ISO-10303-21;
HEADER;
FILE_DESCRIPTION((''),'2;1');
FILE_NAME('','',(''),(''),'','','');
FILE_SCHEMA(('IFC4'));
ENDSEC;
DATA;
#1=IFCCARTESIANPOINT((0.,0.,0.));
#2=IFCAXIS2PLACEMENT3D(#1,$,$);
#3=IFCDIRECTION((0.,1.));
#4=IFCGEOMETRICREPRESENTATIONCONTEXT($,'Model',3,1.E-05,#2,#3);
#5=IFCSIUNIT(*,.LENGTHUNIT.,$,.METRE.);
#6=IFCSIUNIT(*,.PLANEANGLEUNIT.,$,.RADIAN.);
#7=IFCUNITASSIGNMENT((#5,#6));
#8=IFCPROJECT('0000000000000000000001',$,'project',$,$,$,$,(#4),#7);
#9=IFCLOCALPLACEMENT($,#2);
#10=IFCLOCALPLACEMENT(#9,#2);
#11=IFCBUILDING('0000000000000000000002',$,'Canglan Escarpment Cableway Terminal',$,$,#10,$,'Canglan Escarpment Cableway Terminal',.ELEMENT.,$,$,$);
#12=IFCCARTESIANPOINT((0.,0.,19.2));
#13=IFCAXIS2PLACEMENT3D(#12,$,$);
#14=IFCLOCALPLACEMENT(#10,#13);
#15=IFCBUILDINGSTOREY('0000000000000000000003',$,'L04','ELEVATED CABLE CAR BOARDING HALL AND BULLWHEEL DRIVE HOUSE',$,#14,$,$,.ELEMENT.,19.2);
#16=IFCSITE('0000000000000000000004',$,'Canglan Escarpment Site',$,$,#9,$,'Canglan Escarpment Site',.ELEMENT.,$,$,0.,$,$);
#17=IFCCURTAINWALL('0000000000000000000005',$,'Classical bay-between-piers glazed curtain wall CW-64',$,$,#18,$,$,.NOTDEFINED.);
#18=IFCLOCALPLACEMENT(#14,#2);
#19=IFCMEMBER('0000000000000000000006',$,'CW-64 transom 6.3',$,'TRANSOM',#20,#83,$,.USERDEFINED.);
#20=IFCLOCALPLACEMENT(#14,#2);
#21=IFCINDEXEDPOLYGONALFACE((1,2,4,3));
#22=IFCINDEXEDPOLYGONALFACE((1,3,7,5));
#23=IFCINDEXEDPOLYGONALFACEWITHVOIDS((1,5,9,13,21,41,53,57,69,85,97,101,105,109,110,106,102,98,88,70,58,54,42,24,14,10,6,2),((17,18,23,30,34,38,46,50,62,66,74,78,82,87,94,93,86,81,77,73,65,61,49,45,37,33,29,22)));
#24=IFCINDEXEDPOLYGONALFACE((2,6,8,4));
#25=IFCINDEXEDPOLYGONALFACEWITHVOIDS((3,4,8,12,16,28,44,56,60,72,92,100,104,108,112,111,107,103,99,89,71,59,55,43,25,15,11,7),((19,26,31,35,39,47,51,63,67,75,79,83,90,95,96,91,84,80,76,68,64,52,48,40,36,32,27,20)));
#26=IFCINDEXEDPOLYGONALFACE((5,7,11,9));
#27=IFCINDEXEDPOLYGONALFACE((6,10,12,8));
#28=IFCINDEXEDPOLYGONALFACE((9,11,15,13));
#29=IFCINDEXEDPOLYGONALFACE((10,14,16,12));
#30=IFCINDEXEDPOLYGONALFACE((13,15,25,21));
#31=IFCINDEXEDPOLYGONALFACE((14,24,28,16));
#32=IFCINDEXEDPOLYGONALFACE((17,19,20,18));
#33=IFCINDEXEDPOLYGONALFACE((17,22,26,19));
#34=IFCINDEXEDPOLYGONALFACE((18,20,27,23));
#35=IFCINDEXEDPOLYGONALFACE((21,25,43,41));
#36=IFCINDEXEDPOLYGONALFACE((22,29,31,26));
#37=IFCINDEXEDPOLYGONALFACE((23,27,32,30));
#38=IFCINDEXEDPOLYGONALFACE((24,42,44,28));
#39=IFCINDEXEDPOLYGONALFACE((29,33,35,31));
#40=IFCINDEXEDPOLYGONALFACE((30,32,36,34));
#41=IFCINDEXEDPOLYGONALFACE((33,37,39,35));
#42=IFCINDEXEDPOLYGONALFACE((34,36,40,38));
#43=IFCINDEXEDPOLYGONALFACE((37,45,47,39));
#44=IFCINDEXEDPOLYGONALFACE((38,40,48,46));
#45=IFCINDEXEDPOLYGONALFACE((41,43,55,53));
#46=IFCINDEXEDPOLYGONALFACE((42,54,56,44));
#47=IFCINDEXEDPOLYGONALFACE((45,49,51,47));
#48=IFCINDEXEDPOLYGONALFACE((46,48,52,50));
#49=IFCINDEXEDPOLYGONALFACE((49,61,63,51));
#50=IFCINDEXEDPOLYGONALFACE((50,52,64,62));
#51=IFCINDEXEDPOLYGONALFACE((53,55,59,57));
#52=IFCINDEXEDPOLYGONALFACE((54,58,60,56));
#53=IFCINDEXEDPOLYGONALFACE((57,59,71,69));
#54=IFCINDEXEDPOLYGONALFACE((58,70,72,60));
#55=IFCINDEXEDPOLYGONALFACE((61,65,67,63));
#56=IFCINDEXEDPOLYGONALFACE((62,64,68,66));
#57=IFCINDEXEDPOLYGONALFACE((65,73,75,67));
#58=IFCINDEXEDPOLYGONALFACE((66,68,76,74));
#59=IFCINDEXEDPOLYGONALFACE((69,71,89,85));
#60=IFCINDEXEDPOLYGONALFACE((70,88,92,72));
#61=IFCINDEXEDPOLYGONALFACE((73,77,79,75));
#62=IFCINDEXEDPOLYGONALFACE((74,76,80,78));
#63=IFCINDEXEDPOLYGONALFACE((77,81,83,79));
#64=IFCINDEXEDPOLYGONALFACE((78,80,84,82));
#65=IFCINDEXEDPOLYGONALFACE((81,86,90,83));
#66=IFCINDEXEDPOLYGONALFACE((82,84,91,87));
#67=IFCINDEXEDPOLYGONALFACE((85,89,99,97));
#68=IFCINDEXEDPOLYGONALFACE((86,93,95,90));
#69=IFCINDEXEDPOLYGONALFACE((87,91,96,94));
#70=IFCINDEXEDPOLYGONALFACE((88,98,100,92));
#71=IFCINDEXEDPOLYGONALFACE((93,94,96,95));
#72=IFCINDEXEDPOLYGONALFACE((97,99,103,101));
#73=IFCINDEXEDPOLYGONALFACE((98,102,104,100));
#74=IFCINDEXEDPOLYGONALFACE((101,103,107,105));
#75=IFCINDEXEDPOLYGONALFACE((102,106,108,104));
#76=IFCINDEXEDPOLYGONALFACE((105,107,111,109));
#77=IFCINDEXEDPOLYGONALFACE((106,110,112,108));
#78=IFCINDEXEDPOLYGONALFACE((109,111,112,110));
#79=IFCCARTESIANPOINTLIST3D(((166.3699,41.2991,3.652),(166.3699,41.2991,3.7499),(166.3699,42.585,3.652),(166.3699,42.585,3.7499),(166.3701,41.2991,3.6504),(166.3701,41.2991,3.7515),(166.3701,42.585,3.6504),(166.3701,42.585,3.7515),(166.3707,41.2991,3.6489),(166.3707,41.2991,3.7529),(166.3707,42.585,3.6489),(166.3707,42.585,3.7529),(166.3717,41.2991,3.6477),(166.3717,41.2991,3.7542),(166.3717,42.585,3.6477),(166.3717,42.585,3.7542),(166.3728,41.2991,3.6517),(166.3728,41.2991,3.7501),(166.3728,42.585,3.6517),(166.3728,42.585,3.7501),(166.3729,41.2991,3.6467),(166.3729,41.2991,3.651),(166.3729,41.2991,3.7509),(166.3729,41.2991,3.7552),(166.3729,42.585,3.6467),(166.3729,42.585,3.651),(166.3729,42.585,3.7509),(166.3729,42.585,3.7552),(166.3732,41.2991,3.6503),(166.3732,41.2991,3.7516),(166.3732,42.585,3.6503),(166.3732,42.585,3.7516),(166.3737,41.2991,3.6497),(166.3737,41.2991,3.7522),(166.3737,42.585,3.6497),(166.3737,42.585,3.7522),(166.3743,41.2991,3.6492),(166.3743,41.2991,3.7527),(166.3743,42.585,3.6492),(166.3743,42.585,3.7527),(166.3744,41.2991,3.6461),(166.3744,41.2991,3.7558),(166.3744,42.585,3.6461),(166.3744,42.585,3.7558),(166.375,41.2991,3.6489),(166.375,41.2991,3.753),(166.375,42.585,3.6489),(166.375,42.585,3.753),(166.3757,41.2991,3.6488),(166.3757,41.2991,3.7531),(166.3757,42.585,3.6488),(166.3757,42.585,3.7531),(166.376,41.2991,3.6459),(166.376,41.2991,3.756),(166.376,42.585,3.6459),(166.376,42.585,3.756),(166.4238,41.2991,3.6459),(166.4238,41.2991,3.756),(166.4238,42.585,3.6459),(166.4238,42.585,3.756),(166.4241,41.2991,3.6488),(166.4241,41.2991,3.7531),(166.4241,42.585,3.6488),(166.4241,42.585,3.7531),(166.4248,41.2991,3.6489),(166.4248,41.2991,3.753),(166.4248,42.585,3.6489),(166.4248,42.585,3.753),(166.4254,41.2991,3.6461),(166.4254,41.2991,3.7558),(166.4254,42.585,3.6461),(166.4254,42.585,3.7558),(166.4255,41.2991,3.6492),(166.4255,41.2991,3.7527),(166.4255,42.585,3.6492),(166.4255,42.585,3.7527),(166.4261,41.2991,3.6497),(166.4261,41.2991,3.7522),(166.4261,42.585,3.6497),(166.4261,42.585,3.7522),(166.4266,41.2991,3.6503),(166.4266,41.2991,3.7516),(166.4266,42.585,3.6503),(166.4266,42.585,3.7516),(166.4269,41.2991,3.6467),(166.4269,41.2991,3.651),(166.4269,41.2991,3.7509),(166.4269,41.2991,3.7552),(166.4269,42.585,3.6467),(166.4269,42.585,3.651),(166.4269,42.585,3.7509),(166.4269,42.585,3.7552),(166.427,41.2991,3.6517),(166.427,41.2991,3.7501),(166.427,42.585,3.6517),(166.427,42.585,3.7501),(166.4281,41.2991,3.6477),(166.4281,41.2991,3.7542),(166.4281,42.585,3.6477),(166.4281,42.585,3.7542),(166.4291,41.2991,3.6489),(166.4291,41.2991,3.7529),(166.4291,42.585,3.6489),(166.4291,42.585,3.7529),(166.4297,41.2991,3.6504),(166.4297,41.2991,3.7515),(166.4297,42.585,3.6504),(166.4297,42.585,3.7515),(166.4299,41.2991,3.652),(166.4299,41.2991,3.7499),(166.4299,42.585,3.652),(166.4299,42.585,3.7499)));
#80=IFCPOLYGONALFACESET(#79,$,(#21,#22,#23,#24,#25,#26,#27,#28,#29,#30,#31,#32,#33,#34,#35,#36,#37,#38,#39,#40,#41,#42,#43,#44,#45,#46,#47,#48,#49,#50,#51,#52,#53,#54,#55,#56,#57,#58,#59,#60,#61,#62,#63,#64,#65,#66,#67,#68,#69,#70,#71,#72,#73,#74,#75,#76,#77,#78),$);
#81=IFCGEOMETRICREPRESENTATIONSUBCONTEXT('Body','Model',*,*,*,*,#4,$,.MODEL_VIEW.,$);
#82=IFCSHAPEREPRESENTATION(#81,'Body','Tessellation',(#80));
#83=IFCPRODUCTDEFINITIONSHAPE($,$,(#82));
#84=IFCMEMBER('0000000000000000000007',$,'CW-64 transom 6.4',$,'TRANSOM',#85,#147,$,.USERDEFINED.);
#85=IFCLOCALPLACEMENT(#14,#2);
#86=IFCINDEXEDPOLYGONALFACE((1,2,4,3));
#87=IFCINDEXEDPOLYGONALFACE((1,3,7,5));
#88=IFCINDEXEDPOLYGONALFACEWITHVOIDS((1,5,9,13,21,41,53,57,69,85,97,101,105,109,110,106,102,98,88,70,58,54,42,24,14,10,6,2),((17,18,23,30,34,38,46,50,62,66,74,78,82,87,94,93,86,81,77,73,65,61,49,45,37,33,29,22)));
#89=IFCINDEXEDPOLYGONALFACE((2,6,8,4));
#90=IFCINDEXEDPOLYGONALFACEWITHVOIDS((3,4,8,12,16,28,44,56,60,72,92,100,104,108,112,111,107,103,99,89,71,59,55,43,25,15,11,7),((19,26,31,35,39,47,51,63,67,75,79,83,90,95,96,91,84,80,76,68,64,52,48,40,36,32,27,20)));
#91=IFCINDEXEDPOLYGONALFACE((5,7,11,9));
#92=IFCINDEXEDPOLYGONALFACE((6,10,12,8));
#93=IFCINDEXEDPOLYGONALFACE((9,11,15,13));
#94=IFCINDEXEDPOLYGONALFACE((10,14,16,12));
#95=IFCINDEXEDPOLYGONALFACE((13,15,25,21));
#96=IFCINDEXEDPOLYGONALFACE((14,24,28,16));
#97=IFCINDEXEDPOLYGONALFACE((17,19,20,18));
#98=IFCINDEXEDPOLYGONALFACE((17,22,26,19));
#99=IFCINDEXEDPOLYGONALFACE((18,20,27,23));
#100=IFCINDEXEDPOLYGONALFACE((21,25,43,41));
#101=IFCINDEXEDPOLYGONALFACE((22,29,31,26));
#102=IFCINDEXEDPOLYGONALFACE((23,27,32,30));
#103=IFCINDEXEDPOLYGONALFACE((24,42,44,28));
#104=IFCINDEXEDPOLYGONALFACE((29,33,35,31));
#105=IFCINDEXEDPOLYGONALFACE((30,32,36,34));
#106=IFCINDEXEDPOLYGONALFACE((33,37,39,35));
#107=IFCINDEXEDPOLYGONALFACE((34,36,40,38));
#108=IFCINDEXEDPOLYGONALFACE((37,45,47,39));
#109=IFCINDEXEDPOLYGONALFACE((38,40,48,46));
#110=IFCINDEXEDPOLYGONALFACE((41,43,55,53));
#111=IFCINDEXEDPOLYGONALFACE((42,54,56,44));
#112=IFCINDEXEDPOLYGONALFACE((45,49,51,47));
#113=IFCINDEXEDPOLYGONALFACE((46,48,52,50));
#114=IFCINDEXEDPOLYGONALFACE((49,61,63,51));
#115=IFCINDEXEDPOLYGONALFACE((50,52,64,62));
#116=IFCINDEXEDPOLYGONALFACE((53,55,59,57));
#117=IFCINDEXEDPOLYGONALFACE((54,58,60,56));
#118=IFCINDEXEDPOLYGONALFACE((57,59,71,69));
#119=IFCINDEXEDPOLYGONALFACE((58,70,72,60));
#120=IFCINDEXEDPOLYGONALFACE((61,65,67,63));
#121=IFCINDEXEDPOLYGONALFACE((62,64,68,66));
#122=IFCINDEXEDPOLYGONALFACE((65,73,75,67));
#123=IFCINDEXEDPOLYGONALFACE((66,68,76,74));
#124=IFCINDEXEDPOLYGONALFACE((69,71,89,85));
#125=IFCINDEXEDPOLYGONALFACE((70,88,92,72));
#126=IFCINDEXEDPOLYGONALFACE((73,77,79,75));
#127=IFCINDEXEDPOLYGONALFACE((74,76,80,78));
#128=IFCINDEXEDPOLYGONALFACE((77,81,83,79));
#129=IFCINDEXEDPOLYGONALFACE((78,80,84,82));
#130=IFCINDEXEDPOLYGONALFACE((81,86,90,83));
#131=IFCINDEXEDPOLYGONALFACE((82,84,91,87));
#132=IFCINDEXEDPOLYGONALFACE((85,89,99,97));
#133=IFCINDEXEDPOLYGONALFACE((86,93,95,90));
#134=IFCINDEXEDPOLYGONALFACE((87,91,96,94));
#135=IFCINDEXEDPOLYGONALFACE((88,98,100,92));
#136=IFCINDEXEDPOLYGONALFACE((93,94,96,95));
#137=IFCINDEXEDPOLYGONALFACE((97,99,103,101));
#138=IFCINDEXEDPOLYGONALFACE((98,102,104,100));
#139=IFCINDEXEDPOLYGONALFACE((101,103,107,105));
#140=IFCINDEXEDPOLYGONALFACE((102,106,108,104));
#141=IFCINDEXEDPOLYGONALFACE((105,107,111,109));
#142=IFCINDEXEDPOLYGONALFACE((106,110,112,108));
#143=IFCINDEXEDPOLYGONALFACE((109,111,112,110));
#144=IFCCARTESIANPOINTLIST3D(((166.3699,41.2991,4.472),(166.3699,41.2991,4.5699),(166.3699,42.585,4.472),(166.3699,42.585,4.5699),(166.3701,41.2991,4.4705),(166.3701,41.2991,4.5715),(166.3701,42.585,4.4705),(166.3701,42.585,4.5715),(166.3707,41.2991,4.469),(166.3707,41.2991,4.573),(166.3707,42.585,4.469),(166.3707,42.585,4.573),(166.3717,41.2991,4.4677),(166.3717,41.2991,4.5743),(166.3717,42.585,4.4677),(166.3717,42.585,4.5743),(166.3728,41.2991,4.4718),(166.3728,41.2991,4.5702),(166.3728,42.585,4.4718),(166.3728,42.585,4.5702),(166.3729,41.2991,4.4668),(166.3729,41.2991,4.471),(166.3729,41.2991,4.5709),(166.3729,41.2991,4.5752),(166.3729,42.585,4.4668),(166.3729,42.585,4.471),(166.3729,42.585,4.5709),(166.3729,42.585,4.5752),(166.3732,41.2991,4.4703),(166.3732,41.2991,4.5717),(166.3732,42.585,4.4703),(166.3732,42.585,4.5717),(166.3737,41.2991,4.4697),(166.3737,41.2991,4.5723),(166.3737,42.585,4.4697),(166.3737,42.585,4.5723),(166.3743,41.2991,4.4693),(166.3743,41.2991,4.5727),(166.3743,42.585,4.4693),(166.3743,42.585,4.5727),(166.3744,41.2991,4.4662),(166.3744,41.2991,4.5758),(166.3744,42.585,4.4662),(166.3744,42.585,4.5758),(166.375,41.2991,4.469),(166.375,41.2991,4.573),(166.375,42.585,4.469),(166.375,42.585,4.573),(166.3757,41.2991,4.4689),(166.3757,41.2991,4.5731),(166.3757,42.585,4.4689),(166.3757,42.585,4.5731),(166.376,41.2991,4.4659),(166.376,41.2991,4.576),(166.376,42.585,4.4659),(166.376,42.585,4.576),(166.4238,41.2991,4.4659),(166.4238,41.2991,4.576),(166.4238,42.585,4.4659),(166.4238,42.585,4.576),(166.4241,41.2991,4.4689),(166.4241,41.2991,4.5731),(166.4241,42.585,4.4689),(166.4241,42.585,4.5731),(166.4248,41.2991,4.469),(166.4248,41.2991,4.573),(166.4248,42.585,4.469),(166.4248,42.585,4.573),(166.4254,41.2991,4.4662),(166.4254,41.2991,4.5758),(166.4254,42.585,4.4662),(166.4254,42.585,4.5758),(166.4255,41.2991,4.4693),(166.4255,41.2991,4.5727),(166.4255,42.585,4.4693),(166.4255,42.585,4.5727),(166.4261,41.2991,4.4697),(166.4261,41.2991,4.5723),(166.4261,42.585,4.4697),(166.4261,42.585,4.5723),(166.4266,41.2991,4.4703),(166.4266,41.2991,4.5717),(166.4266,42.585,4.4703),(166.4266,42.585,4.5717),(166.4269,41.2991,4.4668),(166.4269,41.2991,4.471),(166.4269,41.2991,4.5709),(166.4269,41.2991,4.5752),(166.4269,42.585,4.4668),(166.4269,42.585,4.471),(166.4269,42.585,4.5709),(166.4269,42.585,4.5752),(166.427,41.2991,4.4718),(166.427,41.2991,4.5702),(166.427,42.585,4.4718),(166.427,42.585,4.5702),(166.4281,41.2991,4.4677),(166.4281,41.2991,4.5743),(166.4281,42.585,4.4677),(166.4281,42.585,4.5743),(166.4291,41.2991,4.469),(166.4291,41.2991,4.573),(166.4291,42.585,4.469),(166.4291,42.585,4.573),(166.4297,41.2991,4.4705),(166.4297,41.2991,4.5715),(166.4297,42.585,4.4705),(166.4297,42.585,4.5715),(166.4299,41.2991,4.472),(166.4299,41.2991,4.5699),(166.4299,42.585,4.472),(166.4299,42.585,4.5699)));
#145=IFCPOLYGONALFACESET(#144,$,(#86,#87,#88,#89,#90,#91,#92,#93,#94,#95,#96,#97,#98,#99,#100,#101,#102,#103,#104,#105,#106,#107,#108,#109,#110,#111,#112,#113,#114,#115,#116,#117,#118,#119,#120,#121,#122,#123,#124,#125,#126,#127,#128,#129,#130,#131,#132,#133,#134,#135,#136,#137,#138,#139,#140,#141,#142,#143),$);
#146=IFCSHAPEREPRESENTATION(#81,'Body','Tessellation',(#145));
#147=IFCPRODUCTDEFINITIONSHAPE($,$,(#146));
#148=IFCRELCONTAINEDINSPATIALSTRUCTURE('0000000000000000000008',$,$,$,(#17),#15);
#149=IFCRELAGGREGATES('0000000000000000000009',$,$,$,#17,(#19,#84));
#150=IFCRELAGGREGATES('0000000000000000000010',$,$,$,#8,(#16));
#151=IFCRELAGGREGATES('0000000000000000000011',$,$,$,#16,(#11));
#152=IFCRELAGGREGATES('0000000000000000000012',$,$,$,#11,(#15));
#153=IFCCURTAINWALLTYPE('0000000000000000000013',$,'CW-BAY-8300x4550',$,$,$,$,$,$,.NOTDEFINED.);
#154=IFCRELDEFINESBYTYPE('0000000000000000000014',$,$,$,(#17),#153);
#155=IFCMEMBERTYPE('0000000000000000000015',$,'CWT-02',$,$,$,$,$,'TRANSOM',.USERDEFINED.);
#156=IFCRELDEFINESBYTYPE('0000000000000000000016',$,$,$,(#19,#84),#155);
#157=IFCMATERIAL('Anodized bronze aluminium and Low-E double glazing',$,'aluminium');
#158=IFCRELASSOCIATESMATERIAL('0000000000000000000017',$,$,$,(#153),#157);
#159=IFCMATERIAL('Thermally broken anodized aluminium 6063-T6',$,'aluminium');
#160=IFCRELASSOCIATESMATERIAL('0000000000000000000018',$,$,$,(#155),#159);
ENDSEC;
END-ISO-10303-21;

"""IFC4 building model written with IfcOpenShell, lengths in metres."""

from ifc_helpers import new_model, si_unit, direction, frame, origin, origin_2d, place, context, subcontext, project, spatial, hollow_rectangle, extrude, material, material_profile, profile_set, type_object, element, aggregate, save


model = new_model("IFC4")

# Units and contexts
model_context = context("Model", 3, precision=1e-05, world=origin(), true_north=direction((0.0, 1.0)))
body_context = subcontext(model_context, "Body", "Model", "MODEL_VIEW")
ifc_project = project(units=[si_unit("LENGTHUNIT", "METRE"), si_unit("PLANEANGLEUNIT", "RADIAN")], contexts=[model_context])

# Site, building, storey
site_placement = place(None, origin())
site = spatial("IfcSite", under=ifc_project, at=site_placement, Name="Canglan Escarpment Site", LongName="Canglan Escarpment Site", CompositionType="ELEMENT", RefElevation=0.0)
building_placement = place(site_placement, origin())
building = spatial("IfcBuilding", under=site, at=building_placement, Name="Canglan Escarpment Cableway Terminal", LongName="Canglan Escarpment Cableway Terminal", CompositionType="ELEMENT")
storey_placement = place(building_placement, frame((0.0, 0.0, 19.2)))
storey = spatial("IfcBuildingStorey", under=building, at=storey_placement, Name="L04", Description="ELEVATED CABLE CAR BOARDING HALL AND BULLWHEEL DRIVE HOUSE", CompositionType="ELEMENT", Elevation=19.2)

# Curtain wall
ifc_material_1 = material(Name="Anodized bronze aluminium and Low-E double glazing", Category="aluminium")
curtain_wall_type = type_object("IfcCurtainWallType", Name="CW-BAY-8300x4550", PredefinedType="NOTDEFINED", material=ifc_material_1)
curtain_wall_1_placement = place(storey_placement, origin())
curtain_wall_1 = element("IfcCurtainWall", 1, at=curtain_wall_1_placement, inside=storey, type_object=curtain_wall_type, Name="Classical bay-between-piers glazed curtain wall CW-64", PredefinedType="NOTDEFINED")
ifc_material_2 = material(Name="Thermally broken anodized aluminium 6063-T6", Category="aluminium")

# Members
ifc_material_profile_1 = material_profile(ifc_material_2, hollow_rectangle(XDim=0.0601, YDim=0.1101, WallThickness=0.0029, InnerFilletRadius=0.0029, OuterFilletRadius=0.0061, at=origin_2d()), Name="ALU-TRAN 60x110x3")
ifc_profile_set_1 = profile_set([ifc_material_profile_1], Name="Thermally broken anodized aluminium 6063-T6")
member_type_1 = type_object("IfcMemberType", Name="CWT-02", ElementType="TRANSOM", PredefinedType="USERDEFINED", material=ifc_profile_set_1)
member_1_placement = place(storey_placement, frame((166.3999, 41.2991, 3.7009), z_axis=(0.0, 1.0, 0.0), x_axis=(-1.0, 0.0, 0.0)))
member_1 = element("IfcMember", 2, at=member_1_placement, type_object=member_type_1, Name="CW-64 transom 6.3", ObjectType="TRANSOM", PredefinedType="USERDEFINED", context=body_context, shape_type="SweptSolid", body=[
    extrude(hollow_rectangle(XDim=0.0601, YDim=0.1101, WallThickness=0.0029, InnerFilletRadius=0.0029, OuterFilletRadius=0.0061, at=origin_2d()), origin(), (0.0, 0.0, 1.0), 1.2859),
])
member_2_placement = place(storey_placement, frame((166.3999, 41.2991, 4.521), z_axis=(0.0, 1.0, 0.0), x_axis=(-1.0, 0.0, 0.0)))
member_2 = element("IfcMember", 3, at=member_2_placement, type_object=member_type_1, Name="CW-64 transom 6.4", ObjectType="TRANSOM", PredefinedType="USERDEFINED", context=body_context, shape_type="SweptSolid", body=[
    extrude(hollow_rectangle(XDim=0.0601, YDim=0.1101, WallThickness=0.0029, InnerFilletRadius=0.0029, OuterFilletRadius=0.0061, at=origin_2d()), origin(), (0.0, 0.0, 1.0), 1.2859),
])

aggregate(curtain_wall_1, [member_1, member_2])

save(model, "model.ifc")
